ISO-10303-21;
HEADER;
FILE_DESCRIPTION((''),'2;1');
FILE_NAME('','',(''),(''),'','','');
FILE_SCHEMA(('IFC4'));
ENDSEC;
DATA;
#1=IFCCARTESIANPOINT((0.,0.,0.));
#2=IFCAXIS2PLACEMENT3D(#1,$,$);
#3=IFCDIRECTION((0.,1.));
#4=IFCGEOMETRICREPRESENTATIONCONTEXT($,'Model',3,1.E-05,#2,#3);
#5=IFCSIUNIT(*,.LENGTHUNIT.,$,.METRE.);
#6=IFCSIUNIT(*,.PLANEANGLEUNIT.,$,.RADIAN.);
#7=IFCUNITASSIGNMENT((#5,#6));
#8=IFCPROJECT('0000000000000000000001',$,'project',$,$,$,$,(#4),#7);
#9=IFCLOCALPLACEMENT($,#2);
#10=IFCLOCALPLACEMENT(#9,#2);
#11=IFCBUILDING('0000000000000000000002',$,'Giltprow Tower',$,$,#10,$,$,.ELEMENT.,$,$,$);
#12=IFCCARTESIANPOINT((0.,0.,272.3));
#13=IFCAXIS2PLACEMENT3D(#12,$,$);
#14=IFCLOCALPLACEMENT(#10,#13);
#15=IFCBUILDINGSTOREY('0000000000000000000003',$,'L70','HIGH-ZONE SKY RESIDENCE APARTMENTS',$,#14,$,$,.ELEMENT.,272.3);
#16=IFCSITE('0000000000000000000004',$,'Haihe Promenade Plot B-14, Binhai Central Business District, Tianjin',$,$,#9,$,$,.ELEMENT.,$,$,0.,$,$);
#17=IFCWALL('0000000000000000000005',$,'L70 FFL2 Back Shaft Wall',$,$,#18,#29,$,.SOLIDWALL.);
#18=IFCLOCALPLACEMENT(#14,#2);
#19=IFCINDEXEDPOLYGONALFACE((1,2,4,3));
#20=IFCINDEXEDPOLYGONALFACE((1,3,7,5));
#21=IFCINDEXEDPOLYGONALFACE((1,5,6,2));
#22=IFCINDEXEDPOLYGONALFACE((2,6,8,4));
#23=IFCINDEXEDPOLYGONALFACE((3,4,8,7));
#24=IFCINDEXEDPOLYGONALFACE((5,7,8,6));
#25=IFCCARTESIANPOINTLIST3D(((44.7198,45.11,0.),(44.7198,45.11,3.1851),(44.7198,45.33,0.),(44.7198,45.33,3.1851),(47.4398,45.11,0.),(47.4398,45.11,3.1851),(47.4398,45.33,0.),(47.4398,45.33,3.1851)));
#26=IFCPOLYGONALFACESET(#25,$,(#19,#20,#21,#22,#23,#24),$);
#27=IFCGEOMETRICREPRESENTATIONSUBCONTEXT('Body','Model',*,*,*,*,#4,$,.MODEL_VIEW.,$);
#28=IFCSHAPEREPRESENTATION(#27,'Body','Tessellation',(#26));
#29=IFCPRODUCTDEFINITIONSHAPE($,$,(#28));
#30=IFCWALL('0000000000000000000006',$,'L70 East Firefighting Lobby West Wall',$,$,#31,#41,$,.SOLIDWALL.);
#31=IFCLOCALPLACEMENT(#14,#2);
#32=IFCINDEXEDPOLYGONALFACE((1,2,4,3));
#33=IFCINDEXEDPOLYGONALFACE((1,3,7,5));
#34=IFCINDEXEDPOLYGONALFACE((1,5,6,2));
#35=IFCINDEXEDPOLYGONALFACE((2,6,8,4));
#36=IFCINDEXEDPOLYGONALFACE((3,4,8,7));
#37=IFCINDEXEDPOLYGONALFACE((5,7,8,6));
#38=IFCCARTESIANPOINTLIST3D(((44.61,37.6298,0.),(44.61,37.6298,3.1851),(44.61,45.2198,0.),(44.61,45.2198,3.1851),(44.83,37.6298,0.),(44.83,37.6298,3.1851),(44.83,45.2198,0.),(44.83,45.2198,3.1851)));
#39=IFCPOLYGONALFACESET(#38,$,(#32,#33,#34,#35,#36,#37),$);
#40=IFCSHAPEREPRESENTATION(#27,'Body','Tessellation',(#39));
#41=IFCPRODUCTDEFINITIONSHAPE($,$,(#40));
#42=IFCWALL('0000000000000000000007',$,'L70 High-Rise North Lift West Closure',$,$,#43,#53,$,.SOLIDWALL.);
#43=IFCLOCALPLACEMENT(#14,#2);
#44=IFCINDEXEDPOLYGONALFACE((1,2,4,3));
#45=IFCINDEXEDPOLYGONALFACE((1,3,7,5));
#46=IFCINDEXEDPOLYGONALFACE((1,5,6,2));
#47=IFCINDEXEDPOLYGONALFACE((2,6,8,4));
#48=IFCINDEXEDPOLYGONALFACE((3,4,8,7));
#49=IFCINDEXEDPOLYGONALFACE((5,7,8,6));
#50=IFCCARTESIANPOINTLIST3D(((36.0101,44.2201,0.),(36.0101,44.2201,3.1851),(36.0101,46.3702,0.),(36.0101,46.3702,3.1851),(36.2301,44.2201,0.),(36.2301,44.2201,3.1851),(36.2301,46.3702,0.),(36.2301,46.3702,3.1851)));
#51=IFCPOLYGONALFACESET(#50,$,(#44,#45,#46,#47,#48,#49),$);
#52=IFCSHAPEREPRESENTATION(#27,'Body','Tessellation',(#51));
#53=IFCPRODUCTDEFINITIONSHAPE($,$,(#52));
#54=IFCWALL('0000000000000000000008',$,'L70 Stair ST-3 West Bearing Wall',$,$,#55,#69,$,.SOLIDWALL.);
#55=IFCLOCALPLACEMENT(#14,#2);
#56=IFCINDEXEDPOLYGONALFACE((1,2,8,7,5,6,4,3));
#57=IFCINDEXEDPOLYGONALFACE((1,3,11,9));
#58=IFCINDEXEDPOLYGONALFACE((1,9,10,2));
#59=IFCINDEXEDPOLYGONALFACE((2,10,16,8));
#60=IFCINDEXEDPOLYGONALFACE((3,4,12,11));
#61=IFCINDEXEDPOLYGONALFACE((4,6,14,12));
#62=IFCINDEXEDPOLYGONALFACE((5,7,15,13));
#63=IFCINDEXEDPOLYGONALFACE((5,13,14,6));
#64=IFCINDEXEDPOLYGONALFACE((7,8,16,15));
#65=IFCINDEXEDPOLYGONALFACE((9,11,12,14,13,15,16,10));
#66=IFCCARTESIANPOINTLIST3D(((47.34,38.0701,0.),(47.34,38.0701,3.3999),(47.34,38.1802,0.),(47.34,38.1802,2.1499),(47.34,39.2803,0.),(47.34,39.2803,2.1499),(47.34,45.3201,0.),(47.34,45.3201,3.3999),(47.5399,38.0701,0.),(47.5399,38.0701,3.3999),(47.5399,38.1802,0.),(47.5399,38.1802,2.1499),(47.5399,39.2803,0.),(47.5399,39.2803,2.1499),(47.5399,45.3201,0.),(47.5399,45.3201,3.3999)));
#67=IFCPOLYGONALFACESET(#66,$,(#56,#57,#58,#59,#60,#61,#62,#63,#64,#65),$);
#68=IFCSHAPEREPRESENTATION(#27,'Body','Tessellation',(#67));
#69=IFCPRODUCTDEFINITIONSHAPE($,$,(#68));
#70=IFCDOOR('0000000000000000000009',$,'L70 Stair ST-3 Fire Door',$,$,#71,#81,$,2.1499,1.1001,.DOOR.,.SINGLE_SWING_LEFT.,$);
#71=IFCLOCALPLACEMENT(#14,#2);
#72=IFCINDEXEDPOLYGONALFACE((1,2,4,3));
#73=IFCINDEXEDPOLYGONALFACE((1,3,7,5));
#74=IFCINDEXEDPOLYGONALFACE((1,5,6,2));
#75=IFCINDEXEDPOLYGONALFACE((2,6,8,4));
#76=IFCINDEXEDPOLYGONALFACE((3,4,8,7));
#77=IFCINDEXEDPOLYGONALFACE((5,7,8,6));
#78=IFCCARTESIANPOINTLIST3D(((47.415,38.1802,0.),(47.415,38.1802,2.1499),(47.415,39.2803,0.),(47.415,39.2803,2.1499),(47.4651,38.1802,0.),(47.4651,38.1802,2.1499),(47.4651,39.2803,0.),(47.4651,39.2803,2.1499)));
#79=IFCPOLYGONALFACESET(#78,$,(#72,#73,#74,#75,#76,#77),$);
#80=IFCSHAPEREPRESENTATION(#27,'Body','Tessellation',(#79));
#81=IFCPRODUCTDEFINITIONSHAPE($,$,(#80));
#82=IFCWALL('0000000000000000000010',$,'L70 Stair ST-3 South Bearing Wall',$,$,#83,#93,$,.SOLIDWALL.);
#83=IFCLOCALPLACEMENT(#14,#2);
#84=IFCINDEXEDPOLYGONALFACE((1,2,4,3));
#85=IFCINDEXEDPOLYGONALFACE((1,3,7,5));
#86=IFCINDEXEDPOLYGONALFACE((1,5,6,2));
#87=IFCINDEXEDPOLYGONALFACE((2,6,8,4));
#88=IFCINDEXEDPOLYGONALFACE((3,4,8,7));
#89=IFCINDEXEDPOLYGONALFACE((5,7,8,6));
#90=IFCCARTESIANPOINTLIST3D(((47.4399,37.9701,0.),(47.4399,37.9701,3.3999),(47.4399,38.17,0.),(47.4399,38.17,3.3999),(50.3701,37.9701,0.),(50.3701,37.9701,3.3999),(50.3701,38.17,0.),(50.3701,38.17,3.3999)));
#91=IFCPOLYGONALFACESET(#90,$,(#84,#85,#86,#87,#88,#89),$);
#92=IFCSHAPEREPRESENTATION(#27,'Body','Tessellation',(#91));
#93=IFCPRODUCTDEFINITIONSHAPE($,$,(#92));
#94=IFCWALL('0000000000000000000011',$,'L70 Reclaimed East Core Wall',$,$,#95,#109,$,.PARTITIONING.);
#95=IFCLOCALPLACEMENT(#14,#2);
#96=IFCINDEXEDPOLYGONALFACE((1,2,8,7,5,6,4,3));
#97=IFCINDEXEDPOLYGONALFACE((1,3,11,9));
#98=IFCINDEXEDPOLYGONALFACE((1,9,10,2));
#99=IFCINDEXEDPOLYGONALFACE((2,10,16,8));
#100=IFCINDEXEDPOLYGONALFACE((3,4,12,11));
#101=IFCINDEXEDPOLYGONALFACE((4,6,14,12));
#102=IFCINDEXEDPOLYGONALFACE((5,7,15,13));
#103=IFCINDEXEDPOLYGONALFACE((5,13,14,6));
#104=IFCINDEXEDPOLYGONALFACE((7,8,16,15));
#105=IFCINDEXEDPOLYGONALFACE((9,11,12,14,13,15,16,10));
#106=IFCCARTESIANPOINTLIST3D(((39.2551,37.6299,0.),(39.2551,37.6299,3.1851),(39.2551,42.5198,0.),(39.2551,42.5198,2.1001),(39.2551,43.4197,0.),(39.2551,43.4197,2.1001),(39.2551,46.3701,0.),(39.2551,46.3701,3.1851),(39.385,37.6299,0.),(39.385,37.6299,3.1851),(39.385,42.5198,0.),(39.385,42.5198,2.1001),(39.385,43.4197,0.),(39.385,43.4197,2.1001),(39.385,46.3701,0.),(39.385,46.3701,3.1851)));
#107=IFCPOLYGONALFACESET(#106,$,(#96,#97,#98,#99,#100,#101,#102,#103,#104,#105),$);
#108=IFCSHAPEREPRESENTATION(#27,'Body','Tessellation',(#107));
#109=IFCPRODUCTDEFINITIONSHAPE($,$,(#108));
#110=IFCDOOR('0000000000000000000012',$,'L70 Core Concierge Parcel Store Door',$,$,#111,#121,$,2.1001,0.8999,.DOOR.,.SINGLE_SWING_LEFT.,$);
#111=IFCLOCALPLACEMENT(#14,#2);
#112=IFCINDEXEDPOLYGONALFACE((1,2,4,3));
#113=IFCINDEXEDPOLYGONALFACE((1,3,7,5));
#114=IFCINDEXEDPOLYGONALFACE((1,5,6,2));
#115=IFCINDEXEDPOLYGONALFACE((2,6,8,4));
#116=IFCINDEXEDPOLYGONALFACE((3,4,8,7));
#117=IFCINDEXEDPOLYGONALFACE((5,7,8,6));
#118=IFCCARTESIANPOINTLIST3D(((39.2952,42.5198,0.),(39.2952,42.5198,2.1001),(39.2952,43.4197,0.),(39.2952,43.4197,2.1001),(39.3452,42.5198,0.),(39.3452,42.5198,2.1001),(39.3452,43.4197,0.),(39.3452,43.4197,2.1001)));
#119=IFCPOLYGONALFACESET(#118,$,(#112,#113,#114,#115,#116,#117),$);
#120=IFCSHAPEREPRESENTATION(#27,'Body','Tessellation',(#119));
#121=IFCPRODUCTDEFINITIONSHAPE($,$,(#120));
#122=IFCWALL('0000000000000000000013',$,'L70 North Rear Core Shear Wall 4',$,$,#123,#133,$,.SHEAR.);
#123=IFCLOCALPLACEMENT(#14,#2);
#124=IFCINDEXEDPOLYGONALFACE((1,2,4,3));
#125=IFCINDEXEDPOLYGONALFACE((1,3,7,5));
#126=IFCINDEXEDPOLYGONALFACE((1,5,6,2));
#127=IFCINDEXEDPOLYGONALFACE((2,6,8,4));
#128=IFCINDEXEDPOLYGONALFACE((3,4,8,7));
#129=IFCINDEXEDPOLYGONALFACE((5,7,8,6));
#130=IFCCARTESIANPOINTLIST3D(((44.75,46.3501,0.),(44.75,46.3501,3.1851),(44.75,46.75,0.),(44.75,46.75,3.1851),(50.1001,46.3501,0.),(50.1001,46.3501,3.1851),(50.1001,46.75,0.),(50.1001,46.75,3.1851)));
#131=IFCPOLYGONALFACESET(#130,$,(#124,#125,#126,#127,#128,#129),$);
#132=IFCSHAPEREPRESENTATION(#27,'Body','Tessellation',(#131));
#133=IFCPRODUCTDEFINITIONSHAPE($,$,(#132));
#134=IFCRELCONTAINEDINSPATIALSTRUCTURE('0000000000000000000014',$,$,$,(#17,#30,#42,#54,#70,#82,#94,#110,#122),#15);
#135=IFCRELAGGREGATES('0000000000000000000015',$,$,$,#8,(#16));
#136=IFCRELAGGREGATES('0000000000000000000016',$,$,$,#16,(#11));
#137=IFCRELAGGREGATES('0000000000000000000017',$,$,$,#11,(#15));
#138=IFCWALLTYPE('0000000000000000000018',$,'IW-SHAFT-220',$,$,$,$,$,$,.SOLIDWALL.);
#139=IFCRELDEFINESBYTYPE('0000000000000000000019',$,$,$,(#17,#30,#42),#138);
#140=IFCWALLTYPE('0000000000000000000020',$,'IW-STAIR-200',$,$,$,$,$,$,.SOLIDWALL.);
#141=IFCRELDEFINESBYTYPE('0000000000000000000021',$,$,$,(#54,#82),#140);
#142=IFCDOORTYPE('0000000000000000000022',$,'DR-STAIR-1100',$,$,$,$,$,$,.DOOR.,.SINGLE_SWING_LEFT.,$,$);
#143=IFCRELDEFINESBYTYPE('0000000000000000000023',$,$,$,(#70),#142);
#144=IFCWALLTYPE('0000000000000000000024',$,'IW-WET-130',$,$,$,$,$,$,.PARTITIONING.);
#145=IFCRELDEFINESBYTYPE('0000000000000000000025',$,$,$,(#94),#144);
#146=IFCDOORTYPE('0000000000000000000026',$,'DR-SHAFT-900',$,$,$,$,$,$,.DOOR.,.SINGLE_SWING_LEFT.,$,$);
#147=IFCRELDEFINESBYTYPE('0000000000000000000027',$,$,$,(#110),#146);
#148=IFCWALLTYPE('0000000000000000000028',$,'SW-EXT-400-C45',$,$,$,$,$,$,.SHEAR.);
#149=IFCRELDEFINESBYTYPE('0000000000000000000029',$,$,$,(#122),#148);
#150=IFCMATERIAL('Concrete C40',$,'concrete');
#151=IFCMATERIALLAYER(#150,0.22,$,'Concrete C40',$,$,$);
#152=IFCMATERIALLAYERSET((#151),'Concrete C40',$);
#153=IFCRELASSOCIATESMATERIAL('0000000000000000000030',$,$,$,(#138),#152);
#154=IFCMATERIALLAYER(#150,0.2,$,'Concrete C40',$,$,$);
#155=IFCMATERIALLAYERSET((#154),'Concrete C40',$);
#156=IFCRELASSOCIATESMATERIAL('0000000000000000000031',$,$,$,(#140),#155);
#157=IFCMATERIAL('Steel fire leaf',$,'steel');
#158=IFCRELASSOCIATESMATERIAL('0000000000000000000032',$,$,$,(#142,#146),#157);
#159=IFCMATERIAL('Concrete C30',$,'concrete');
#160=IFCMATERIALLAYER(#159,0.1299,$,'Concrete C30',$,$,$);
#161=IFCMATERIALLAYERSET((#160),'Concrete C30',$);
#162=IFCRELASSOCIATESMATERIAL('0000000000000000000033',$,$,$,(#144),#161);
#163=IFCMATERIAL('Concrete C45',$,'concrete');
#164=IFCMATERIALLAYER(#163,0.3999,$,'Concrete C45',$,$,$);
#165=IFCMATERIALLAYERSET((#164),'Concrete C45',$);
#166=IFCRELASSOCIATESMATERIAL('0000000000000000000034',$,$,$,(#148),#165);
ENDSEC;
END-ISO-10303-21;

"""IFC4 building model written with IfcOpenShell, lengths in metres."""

from ifc_helpers import new_model, si_unit, direction, frame, frame_2d, origin, place, context, subcontext, project, spatial, rectangle, extrude, source, transform, mapped, material, layer, layer_set, type_object, element, fill, save


model = new_model("IFC4")

# Units and contexts
model_context = context("Model", 3, precision=1e-05, world=origin(), true_north=direction((0.0, 1.0)))
body_context = subcontext(model_context, "Body", "Model", "MODEL_VIEW")
ifc_project = project(units=[si_unit("LENGTHUNIT", "METRE"), si_unit("PLANEANGLEUNIT", "RADIAN")], contexts=[model_context])

# Site, building, storey
site_placement = place(None, origin())
site = spatial("IfcSite", under=ifc_project, at=site_placement, Name="Haihe Promenade Plot B-14, Binhai Central Business District, Tianjin", CompositionType="ELEMENT", RefElevation=0.0)
building_placement = place(site_placement, origin())
building = spatial("IfcBuilding", under=site, at=building_placement, Name="Giltprow Tower", CompositionType="ELEMENT")
storey_placement = place(building_placement, frame((0.0, 0.0, 272.3)))
storey = spatial("IfcBuildingStorey", under=building, at=storey_placement, Name="L70", Description="HIGH-ZONE SKY RESIDENCE APARTMENTS", CompositionType="ELEMENT", Elevation=272.3)

# Shared definitions
ifc_material_1 = material(Name="Concrete C45", Category="concrete")

# Shared definitions
ifc_material_2 = material(Name="Concrete C40", Category="concrete")
ifc_layer_1 = layer(ifc_material_2, 0.22, Name="Concrete C40")
ifc_layer_set_1 = layer_set([ifc_layer_1], Name="Concrete C40")
wall_type_1 = type_object("IfcWallType", Name="IW-SHAFT-220", PredefinedType="SOLIDWALL", material=ifc_layer_set_1)

# Walls
wall_1_placement = place(storey_placement, frame((44.72, 45.22, 0.0), z_axis=(0.0, 0.0, 1.0), x_axis=(1.0, 0.0, 0.0)))
element("IfcWall", 1, at=wall_1_placement, inside=storey, type_object=wall_type_1, Name="L70 FFL2 Back Shaft Wall", PredefinedType="SOLIDWALL", context=body_context, shape_type="SweptSolid", body=[
    extrude(rectangle(XDim=2.72, YDim=0.22, at=frame_2d((1.3599, 0.0))), origin(), (0.0, 0.0, 1.0), 3.1851),
])
wall_2_placement = place(storey_placement, frame((44.72, 37.6299, 0.0), z_axis=(0.0, 0.0, 1.0), x_axis=(0.0, 1.0, 0.0)))
element("IfcWall", 2, at=wall_2_placement, inside=storey, type_object=wall_type_1, Name="L70 East Firefighting Lobby West Wall", PredefinedType="SOLIDWALL", context=body_context, shape_type="SweptSolid", body=[
    extrude(rectangle(XDim=7.5901, YDim=0.22, at=frame_2d((3.7949, 0.0))), origin(), (0.0, 0.0, 1.0), 3.1851),
])
wall_3_placement = place(storey_placement, frame((36.1201, 44.22, 0.0), z_axis=(0.0, 0.0, 1.0), x_axis=(0.0, 1.0, 0.0)))
element("IfcWall", 3, at=wall_3_placement, inside=storey, type_object=wall_type_1, Name="L70 High-Rise North Lift West Closure", PredefinedType="SOLIDWALL", context=body_context, shape_type="SweptSolid", body=[
    extrude(rectangle(XDim=2.1501, YDim=0.22, at=frame_2d((1.0752, 0.0))), origin(), (0.0, 0.0, 1.0), 3.1851),
])

# Wall, opening, door
ifc_layer_2 = layer(ifc_material_2, 0.2, Name="Concrete C40")
ifc_layer_set_2 = layer_set([ifc_layer_2], Name="Concrete C40")
wall_type_2 = type_object("IfcWallType", Name="IW-STAIR-200", PredefinedType="SOLIDWALL", material=ifc_layer_set_2)
wall_4_placement = place(storey_placement, frame((47.4399, 38.0701, 0.0), z_axis=(0.0, 0.0, 1.0), x_axis=(0.0, 1.0, 0.0)))
wall_4 = element("IfcWall", 4, at=wall_4_placement, inside=storey, type_object=wall_type_2, Name="L70 Stair ST-3 West Bearing Wall", PredefinedType="SOLIDWALL", context=body_context, shape_type="SweptSolid", body=[
    extrude(rectangle(XDim=7.25, YDim=0.2, at=frame_2d((3.625, 0.0))), origin(), (0.0, 0.0, 1.0), 3.3999),
])
opening_1_placement = place(wall_4_placement, frame((0.1101, 0.0, 0.0)))
opening_1 = element("IfcOpeningElement", 5, at=opening_1_placement, cuts=wall_4, PredefinedType="OPENING", context=body_context, shape_type="SweptSolid", body=[
    extrude(rectangle(XDim=1.1001, YDim=2.1499, at=frame_2d((0.55, 1.075))), frame((0.0, 0.1099, 0.0), z_axis=(0.0, -1.0, 0.0), x_axis=(1.0, 0.0, 0.0)), (0.0, 0.0, 1.0), 0.22),
])
ifc_material_3 = material(Name="Steel fire leaf", Category="steel")
door_type_1 = type_object("IfcDoorType", Name="DR-STAIR-1100", OperationType="SINGLE_SWING_LEFT", PredefinedType="DOOR", material=ifc_material_3)
shared_shape_1 = source(origin(), body_context, "Body", "SweptSolid", [
    extrude(rectangle(XDim=1.1001, YDim=2.1499, at=frame_2d((0.55, 1.075))), frame((0.0, 0.0249, 0.0), z_axis=(0.0, -1.0, 0.0), x_axis=(1.0, 0.0, 0.0)), (0.0, 0.0, 1.0), 0.05),
])
door_1_placement = place(opening_1_placement, origin())
door_1 = element("IfcDoor", 6, at=door_1_placement, inside=storey, type_object=door_type_1, Name="L70 Stair ST-3 Fire Door", OperationType="SINGLE_SWING_LEFT", OverallHeight=2.1499, OverallWidth=1.1001, PredefinedType="DOOR", context=body_context, shape_type="MappedRepresentation", body=[
    mapped(shared_shape_1, transform((0.0, 0.0, 0.0), x_axis=(1.0, 0.0, 0.0), y_axis=(0.0, 1.0, 0.0), z_axis=(0.0, 0.0, 1.0), scale=1.0)),
])
fill(opening_1, door_1)

# Wall
wall_5_placement = place(storey_placement, frame((47.4399, 38.0701, 0.0), z_axis=(0.0, 0.0, 1.0), x_axis=(1.0, 0.0, 0.0)))
element("IfcWall", 7, at=wall_5_placement, inside=storey, type_object=wall_type_2, Name="L70 Stair ST-3 South Bearing Wall", PredefinedType="SOLIDWALL", context=body_context, shape_type="SweptSolid", body=[
    extrude(rectangle(XDim=2.9302, YDim=0.2, at=frame_2d((1.4651, 0.0))), origin(), (0.0, 0.0, 1.0), 3.3999),
])

# Wall, opening, door
ifc_material_4 = material(Name="Concrete C30", Category="concrete")
ifc_layer_3 = layer(ifc_material_4, 0.1299, Name="Concrete C30")
ifc_layer_set_3 = layer_set([ifc_layer_3], Name="Concrete C30")
wall_type_3 = type_object("IfcWallType", Name="IW-WET-130", PredefinedType="PARTITIONING", material=ifc_layer_set_3)
wall_6_placement = place(storey_placement, frame((39.3201, 37.6299, 0.0), z_axis=(0.0, 0.0, 1.0), x_axis=(0.0, 1.0, 0.0)))
wall_6 = element("IfcWall", 8, at=wall_6_placement, inside=storey, type_object=wall_type_3, Name="L70 Reclaimed East Core Wall", PredefinedType="PARTITIONING", context=body_context, shape_type="SweptSolid", body=[
    extrude(rectangle(XDim=8.7402, YDim=0.1299, at=frame_2d((4.3701, 0.0))), origin(), (0.0, 0.0, 1.0), 3.1851),
])
opening_2_placement = place(wall_6_placement, frame((4.8899, 0.0, 0.0)))
opening_2 = element("IfcOpeningElement", 9, at=opening_2_placement, cuts=wall_6, PredefinedType="OPENING", context=body_context, shape_type="SweptSolid", body=[
    extrude(rectangle(XDim=0.8999, YDim=2.1001, at=frame_2d((0.45, 1.05))), frame((0.0, 0.075, 0.0), z_axis=(0.0, -1.0, 0.0), x_axis=(1.0, 0.0, 0.0)), (0.0, 0.0, 1.0), 0.1499),
])
door_type_2 = type_object("IfcDoorType", Name="DR-SHAFT-900", OperationType="SINGLE_SWING_LEFT", PredefinedType="DOOR", material=ifc_material_3)
shared_shape_2 = source(origin(), body_context, "Body", "SweptSolid", [
    extrude(rectangle(XDim=0.8999, YDim=2.1001, at=frame_2d((0.45, 1.05))), frame((0.0, 0.0249, 0.0), z_axis=(0.0, -1.0, 0.0), x_axis=(1.0, 0.0, 0.0)), (0.0, 0.0, 1.0), 0.05),
])
door_2_placement = place(opening_2_placement, origin())
door_2 = element("IfcDoor", 10, at=door_2_placement, inside=storey, type_object=door_type_2, Name="L70 Core Concierge Parcel Store Door", OperationType="SINGLE_SWING_LEFT", OverallHeight=2.1001, OverallWidth=0.8999, PredefinedType="DOOR", context=body_context, shape_type="MappedRepresentation", body=[
    mapped(shared_shape_2, transform((0.0, 0.0, 0.0), x_axis=(1.0, 0.0, 0.0), y_axis=(0.0, 1.0, 0.0), z_axis=(0.0, 0.0, 1.0), scale=1.0)),
])
fill(opening_2, door_2)

# Wall
ifc_layer_4 = layer(ifc_material_1, 0.3999, Name="Concrete C45")
ifc_layer_set_4 = layer_set([ifc_layer_4], Name="Concrete C45")
wall_type_4 = type_object("IfcWallType", Name="SW-EXT-400-C45", PredefinedType="SHEAR", material=ifc_layer_set_4)
wall_7_placement = place(storey_placement, frame((44.75, 46.55, 0.0), z_axis=(0.0, 0.0, 1.0), x_axis=(1.0, 0.0, 0.0)))
element("IfcWall", 11, at=wall_7_placement, inside=storey, type_object=wall_type_4, Name="L70 North Rear Core Shear Wall 4", PredefinedType="SHEAR", context=body_context, shape_type="SweptSolid", body=[
    extrude(rectangle(XDim=5.3501, YDim=0.3999, at=frame_2d((2.675, 0.0))), origin(), (0.0, 0.0, 1.0), 3.1851),
])

save(model, "model.ifc")
